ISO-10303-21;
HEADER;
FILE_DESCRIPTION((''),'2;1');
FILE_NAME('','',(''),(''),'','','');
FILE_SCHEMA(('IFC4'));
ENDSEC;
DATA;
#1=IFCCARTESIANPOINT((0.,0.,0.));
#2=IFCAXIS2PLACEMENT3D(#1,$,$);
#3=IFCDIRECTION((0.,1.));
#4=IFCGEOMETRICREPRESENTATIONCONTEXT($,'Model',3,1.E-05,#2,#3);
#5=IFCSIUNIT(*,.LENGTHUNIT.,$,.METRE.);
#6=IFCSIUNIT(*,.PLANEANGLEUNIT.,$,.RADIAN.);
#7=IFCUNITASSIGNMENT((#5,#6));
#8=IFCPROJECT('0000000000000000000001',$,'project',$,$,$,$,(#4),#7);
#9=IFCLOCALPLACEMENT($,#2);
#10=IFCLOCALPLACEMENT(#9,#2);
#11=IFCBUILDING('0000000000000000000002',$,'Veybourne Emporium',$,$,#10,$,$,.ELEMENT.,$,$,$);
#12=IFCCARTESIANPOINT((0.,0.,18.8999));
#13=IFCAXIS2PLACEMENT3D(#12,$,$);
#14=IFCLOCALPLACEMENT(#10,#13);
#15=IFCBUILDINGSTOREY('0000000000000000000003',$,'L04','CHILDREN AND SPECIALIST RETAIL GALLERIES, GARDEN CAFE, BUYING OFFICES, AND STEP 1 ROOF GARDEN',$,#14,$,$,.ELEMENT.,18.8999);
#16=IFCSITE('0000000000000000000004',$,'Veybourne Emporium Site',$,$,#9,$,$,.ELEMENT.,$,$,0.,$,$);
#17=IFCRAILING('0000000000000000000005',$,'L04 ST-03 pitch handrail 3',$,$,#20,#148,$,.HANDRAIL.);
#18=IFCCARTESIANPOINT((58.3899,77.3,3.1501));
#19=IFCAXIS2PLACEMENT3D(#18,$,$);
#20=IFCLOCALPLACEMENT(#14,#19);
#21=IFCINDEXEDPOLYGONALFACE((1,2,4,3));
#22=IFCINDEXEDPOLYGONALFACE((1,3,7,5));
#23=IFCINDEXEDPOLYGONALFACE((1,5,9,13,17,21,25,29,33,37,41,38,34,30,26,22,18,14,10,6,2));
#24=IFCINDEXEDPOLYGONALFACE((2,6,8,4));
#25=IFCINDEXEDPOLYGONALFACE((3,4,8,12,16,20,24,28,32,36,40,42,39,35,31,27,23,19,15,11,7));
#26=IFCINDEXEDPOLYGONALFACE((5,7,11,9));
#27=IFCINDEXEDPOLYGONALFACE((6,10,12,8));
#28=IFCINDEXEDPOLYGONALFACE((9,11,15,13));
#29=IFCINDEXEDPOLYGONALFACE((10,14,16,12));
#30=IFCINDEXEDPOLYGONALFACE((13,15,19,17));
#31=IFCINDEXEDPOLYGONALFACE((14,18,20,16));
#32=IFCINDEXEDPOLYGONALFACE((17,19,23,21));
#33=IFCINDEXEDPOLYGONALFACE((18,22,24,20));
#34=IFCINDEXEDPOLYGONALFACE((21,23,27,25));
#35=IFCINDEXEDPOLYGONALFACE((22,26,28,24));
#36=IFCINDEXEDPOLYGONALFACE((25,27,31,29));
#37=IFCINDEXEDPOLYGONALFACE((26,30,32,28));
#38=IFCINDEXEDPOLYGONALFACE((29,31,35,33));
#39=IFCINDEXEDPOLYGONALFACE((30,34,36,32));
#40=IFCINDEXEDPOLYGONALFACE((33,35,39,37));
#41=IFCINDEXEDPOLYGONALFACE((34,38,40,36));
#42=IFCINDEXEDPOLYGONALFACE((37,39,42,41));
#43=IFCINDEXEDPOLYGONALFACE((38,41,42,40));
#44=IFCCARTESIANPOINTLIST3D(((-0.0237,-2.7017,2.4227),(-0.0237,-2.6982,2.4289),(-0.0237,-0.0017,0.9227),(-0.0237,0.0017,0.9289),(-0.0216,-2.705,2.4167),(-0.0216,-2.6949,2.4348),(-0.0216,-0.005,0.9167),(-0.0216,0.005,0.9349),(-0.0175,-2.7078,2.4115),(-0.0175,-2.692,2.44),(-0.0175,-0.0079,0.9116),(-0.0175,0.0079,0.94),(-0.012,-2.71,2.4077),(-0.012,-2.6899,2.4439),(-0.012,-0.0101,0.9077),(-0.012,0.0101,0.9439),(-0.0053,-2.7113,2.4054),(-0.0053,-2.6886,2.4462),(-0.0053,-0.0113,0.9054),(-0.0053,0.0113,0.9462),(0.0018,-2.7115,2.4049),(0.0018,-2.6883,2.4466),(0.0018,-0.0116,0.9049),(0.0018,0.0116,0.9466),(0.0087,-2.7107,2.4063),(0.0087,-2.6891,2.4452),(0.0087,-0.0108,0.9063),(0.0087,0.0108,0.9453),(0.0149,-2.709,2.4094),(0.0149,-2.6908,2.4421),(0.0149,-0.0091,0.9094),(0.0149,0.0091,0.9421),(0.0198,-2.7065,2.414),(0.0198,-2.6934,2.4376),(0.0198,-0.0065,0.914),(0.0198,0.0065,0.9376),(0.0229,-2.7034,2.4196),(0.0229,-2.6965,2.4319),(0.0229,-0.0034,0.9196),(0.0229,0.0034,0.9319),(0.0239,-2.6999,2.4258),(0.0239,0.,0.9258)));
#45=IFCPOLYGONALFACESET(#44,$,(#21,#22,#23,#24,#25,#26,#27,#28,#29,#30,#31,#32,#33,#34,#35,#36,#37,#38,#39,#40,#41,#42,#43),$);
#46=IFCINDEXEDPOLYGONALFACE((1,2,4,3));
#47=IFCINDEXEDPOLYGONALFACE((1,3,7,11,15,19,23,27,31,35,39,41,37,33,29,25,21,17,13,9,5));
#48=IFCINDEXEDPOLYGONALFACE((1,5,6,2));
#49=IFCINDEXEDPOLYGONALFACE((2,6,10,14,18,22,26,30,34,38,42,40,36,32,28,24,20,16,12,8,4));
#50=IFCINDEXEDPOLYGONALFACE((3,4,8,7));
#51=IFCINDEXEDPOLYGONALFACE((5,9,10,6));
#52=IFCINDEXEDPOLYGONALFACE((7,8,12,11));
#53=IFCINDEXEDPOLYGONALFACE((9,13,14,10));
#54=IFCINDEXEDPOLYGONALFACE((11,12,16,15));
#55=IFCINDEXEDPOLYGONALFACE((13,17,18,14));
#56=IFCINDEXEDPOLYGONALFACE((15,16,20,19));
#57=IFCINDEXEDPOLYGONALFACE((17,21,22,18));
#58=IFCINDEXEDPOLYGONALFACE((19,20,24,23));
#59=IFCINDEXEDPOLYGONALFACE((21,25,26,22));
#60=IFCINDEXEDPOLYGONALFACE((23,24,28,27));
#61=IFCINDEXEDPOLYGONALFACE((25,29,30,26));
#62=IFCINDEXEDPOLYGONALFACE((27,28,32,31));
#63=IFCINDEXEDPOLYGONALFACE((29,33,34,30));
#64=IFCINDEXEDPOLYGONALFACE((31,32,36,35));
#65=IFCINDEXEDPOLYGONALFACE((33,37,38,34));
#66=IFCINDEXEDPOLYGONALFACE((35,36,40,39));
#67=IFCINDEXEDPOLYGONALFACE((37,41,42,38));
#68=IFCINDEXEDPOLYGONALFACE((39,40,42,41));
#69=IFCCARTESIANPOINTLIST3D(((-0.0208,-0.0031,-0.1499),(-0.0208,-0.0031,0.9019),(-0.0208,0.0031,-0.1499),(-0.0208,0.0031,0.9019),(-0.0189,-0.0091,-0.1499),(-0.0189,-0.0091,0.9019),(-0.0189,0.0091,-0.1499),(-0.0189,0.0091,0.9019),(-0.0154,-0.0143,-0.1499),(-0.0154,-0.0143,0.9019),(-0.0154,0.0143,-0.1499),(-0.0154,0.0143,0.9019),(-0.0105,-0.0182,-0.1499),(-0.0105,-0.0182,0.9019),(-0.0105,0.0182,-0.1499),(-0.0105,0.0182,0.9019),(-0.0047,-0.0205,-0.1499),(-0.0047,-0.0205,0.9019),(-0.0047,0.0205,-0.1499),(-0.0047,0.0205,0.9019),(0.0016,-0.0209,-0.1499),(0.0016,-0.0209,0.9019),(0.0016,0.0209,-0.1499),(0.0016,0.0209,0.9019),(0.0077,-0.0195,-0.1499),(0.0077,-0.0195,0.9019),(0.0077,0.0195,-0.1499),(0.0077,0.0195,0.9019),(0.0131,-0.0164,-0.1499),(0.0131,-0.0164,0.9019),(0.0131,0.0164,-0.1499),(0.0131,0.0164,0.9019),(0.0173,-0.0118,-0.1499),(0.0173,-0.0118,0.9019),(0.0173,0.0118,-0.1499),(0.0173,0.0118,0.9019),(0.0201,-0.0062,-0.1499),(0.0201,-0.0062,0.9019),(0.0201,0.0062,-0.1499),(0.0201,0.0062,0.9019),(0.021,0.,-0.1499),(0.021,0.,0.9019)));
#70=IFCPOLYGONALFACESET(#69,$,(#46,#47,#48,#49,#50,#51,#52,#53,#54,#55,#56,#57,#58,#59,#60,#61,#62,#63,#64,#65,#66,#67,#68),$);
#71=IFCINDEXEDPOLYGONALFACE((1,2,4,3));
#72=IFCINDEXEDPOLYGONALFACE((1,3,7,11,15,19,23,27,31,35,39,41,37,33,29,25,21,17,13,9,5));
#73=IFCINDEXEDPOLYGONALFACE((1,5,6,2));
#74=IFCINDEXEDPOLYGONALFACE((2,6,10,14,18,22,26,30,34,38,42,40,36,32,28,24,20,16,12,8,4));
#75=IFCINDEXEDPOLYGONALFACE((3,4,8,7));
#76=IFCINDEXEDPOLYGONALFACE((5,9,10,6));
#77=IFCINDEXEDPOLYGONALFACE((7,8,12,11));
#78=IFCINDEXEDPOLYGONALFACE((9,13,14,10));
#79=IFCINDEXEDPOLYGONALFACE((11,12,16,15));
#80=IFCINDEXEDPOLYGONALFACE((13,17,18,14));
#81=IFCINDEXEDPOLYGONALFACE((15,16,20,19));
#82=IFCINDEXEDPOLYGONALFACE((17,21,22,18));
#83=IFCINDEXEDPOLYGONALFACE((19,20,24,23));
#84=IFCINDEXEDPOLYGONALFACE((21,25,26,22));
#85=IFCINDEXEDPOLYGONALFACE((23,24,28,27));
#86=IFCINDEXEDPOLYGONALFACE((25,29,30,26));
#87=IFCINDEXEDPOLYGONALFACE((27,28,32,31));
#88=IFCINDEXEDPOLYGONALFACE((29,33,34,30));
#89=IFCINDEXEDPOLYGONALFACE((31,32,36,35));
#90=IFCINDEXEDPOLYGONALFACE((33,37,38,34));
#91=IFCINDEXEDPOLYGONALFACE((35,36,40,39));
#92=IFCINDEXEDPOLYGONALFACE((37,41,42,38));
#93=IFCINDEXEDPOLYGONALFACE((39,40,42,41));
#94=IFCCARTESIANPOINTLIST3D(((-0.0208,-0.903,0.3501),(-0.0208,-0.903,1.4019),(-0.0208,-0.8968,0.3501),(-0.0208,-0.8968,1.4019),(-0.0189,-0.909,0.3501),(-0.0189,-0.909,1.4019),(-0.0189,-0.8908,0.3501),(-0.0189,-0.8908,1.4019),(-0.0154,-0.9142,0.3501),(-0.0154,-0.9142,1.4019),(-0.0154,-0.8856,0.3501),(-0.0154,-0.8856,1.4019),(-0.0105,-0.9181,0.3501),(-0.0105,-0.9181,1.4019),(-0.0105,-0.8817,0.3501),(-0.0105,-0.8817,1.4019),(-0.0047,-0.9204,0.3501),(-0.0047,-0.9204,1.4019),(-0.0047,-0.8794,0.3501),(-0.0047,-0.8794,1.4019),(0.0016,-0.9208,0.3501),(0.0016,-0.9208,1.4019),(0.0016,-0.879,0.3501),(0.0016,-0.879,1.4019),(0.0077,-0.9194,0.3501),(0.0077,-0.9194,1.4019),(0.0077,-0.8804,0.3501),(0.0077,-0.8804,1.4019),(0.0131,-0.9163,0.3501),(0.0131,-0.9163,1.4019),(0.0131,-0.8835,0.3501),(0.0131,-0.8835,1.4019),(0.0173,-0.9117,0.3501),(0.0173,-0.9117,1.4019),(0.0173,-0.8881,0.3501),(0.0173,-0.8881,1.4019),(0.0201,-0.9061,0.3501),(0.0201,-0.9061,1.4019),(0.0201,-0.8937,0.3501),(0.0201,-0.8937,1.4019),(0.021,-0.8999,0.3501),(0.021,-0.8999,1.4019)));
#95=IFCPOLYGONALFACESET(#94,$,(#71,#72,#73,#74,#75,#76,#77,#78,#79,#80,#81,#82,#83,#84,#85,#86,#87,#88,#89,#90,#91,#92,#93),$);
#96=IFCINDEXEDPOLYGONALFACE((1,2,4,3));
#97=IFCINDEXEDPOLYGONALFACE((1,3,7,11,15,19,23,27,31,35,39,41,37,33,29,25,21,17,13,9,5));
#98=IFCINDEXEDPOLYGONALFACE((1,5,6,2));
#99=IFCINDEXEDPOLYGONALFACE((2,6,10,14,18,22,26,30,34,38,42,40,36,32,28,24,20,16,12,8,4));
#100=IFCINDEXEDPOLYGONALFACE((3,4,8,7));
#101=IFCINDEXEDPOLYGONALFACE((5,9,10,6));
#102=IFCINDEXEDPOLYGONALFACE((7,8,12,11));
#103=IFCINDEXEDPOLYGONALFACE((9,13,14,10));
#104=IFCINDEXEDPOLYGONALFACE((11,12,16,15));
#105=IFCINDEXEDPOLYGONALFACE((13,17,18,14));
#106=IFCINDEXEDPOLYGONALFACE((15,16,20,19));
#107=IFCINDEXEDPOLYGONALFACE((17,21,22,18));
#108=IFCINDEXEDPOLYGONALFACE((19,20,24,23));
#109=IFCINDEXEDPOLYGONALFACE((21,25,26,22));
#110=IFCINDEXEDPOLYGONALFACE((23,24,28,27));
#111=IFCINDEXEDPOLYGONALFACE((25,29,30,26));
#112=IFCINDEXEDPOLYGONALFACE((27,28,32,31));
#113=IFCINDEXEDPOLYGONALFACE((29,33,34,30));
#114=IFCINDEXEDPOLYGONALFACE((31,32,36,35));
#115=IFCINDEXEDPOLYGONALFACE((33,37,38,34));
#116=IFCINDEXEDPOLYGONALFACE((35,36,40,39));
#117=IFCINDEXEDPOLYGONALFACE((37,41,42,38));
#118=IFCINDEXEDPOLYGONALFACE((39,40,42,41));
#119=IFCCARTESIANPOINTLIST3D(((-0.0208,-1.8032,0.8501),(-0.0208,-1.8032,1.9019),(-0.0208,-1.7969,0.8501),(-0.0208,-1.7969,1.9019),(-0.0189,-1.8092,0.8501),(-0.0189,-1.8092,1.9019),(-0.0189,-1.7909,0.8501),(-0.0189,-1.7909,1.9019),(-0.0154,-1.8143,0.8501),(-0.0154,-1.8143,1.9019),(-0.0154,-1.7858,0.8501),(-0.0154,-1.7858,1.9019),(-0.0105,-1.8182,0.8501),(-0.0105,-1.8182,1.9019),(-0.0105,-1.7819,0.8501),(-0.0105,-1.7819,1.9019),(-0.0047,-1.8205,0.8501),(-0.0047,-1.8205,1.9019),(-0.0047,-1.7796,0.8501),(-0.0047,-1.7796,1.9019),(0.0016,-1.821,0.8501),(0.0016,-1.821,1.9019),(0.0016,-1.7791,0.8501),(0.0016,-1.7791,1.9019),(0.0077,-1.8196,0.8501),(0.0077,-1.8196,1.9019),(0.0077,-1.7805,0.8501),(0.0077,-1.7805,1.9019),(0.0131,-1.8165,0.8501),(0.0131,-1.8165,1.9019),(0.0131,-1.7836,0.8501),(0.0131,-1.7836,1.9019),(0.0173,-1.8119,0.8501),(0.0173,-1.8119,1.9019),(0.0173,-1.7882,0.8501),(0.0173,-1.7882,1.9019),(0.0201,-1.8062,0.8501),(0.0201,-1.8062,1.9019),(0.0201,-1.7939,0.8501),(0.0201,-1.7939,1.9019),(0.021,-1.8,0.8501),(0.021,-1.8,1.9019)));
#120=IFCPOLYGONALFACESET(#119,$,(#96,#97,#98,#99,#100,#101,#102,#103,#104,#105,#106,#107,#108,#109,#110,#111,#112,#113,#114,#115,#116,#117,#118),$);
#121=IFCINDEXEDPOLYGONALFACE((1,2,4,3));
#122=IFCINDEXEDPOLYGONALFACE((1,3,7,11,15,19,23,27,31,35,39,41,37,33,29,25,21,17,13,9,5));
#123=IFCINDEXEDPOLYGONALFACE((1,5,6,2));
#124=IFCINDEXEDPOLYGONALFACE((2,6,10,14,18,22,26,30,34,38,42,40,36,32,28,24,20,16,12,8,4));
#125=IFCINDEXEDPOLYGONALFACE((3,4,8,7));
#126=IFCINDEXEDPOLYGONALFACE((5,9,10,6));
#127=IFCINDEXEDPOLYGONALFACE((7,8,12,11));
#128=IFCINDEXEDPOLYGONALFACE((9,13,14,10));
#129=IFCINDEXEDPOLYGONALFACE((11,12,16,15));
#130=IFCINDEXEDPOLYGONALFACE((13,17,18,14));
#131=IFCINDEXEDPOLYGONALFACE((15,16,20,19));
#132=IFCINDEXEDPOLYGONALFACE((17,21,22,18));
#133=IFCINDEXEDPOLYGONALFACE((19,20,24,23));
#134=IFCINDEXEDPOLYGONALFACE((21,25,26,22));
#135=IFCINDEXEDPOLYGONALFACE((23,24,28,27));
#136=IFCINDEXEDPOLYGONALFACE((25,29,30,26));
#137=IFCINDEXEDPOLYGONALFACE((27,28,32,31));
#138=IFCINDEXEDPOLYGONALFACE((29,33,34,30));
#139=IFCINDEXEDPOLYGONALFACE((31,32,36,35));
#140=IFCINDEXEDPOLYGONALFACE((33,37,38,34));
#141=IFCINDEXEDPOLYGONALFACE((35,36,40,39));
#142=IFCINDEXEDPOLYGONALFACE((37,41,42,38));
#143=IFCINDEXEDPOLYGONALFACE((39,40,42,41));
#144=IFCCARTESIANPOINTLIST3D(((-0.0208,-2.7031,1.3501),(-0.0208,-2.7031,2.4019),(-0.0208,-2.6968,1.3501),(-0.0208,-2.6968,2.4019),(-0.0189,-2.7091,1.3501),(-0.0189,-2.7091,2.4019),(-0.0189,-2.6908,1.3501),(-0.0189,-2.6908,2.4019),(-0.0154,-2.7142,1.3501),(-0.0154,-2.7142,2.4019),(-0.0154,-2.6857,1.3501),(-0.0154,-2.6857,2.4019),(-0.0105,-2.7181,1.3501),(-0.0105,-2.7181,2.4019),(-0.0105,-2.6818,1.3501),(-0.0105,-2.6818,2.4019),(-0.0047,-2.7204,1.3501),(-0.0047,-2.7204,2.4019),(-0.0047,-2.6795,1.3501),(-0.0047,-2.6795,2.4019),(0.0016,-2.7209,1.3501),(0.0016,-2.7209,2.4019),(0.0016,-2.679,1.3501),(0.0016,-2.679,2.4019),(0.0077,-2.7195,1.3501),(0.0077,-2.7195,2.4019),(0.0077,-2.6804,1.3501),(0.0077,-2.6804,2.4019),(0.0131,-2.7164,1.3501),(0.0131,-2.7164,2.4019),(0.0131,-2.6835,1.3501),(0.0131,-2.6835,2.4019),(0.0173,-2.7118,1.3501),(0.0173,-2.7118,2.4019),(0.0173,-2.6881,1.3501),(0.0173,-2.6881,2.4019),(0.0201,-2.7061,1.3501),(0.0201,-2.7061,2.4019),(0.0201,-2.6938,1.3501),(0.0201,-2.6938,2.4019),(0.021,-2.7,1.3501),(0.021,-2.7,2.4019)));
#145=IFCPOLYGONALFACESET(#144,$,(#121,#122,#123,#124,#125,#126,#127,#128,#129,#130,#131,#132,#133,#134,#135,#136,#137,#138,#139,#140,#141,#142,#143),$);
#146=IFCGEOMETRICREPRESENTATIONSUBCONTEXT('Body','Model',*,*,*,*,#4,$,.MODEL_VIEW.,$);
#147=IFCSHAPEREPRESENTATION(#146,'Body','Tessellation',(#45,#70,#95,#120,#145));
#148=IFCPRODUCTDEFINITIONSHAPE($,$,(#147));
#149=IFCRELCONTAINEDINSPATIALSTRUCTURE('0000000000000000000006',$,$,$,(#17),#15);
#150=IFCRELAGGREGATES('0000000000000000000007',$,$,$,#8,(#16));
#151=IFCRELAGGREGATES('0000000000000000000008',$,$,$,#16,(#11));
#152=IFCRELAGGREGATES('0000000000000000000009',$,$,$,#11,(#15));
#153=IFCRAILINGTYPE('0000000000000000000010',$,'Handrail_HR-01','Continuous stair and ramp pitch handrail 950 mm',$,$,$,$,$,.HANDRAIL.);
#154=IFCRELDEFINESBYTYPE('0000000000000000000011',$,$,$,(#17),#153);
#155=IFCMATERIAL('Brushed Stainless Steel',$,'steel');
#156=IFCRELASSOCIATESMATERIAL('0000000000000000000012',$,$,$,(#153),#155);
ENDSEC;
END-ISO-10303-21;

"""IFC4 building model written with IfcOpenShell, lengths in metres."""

from ifc_helpers import new_model, si_unit, direction, frame, origin, origin_2d, place, context, subcontext, project, spatial, circle, extrude, material, type_object, element, save


model = new_model("IFC4")

# Units and contexts
model_context = context("Model", 3, precision=1e-05, world=origin(), true_north=direction((0.0, 1.0)))
body_context = subcontext(model_context, "Body", "Model", "MODEL_VIEW")
ifc_project = project(units=[si_unit("LENGTHUNIT", "METRE"), si_unit("PLANEANGLEUNIT", "RADIAN")], contexts=[model_context])

# Site, building, storey
site_placement = place(None, origin())
site = spatial("IfcSite", under=ifc_project, at=site_placement, Name="Veybourne Emporium Site", CompositionType="ELEMENT", RefElevation=0.0)
building_placement = place(site_placement, origin())
building = spatial("IfcBuilding", under=site, at=building_placement, Name="Veybourne Emporium", CompositionType="ELEMENT")
storey_placement = place(building_placement, frame((0.0, 0.0, 18.8999)))
storey = spatial("IfcBuildingStorey", under=building, at=storey_placement, Name="L04", Description="CHILDREN AND SPECIALIST RETAIL GALLERIES, GARDEN CAFE, BUYING OFFICES, AND STEP 1 ROOF GARDEN", CompositionType="ELEMENT", Elevation=18.8999)

# Railing
ifc_material_1 = material(Name="Brushed Stainless Steel", Category="steel")
railing_type_1 = type_object("IfcRailingType", Name="Handrail_HR-01", Description="Continuous stair and ramp pitch handrail 950 mm", PredefinedType="HANDRAIL", material=ifc_material_1)
railing_1_placement = place(storey_placement, frame((58.3899, 77.3, 3.1501)))
element("IfcRailing", 1, at=railing_1_placement, inside=storey, type_object=railing_type_1, Name="L04 ST-03 pitch handrail 3", PredefinedType="HANDRAIL", context=body_context, shape_type="SweptSolid", body=[
    extrude(circle(Radius=0.0239, at=origin_2d()), frame((0.0, 0.0, 0.9258), z_axis=(0.0, -0.874154, 0.48565), x_axis=(1.0, 0.0, 0.0)), (0.0, 0.0, 1.0), 3.0886),
    extrude(circle(Radius=0.021, at=origin_2d()), frame((0.0, 0.0, -0.1499)), (0.0, 0.0, 1.0), 1.0518),
    extrude(circle(Radius=0.021, at=origin_2d()), frame((0.0, -0.8999, 0.3501)), (0.0, 0.0, 1.0), 1.0518),
    extrude(circle(Radius=0.021, at=origin_2d()), frame((0.0, -1.8, 0.8501)), (0.0, 0.0, 1.0), 1.0518),
    extrude(circle(Radius=0.021, at=origin_2d()), frame((0.0, -2.7, 1.3501)), (0.0, 0.0, 1.0), 1.0518),
])

save(model, "model.ifc")
